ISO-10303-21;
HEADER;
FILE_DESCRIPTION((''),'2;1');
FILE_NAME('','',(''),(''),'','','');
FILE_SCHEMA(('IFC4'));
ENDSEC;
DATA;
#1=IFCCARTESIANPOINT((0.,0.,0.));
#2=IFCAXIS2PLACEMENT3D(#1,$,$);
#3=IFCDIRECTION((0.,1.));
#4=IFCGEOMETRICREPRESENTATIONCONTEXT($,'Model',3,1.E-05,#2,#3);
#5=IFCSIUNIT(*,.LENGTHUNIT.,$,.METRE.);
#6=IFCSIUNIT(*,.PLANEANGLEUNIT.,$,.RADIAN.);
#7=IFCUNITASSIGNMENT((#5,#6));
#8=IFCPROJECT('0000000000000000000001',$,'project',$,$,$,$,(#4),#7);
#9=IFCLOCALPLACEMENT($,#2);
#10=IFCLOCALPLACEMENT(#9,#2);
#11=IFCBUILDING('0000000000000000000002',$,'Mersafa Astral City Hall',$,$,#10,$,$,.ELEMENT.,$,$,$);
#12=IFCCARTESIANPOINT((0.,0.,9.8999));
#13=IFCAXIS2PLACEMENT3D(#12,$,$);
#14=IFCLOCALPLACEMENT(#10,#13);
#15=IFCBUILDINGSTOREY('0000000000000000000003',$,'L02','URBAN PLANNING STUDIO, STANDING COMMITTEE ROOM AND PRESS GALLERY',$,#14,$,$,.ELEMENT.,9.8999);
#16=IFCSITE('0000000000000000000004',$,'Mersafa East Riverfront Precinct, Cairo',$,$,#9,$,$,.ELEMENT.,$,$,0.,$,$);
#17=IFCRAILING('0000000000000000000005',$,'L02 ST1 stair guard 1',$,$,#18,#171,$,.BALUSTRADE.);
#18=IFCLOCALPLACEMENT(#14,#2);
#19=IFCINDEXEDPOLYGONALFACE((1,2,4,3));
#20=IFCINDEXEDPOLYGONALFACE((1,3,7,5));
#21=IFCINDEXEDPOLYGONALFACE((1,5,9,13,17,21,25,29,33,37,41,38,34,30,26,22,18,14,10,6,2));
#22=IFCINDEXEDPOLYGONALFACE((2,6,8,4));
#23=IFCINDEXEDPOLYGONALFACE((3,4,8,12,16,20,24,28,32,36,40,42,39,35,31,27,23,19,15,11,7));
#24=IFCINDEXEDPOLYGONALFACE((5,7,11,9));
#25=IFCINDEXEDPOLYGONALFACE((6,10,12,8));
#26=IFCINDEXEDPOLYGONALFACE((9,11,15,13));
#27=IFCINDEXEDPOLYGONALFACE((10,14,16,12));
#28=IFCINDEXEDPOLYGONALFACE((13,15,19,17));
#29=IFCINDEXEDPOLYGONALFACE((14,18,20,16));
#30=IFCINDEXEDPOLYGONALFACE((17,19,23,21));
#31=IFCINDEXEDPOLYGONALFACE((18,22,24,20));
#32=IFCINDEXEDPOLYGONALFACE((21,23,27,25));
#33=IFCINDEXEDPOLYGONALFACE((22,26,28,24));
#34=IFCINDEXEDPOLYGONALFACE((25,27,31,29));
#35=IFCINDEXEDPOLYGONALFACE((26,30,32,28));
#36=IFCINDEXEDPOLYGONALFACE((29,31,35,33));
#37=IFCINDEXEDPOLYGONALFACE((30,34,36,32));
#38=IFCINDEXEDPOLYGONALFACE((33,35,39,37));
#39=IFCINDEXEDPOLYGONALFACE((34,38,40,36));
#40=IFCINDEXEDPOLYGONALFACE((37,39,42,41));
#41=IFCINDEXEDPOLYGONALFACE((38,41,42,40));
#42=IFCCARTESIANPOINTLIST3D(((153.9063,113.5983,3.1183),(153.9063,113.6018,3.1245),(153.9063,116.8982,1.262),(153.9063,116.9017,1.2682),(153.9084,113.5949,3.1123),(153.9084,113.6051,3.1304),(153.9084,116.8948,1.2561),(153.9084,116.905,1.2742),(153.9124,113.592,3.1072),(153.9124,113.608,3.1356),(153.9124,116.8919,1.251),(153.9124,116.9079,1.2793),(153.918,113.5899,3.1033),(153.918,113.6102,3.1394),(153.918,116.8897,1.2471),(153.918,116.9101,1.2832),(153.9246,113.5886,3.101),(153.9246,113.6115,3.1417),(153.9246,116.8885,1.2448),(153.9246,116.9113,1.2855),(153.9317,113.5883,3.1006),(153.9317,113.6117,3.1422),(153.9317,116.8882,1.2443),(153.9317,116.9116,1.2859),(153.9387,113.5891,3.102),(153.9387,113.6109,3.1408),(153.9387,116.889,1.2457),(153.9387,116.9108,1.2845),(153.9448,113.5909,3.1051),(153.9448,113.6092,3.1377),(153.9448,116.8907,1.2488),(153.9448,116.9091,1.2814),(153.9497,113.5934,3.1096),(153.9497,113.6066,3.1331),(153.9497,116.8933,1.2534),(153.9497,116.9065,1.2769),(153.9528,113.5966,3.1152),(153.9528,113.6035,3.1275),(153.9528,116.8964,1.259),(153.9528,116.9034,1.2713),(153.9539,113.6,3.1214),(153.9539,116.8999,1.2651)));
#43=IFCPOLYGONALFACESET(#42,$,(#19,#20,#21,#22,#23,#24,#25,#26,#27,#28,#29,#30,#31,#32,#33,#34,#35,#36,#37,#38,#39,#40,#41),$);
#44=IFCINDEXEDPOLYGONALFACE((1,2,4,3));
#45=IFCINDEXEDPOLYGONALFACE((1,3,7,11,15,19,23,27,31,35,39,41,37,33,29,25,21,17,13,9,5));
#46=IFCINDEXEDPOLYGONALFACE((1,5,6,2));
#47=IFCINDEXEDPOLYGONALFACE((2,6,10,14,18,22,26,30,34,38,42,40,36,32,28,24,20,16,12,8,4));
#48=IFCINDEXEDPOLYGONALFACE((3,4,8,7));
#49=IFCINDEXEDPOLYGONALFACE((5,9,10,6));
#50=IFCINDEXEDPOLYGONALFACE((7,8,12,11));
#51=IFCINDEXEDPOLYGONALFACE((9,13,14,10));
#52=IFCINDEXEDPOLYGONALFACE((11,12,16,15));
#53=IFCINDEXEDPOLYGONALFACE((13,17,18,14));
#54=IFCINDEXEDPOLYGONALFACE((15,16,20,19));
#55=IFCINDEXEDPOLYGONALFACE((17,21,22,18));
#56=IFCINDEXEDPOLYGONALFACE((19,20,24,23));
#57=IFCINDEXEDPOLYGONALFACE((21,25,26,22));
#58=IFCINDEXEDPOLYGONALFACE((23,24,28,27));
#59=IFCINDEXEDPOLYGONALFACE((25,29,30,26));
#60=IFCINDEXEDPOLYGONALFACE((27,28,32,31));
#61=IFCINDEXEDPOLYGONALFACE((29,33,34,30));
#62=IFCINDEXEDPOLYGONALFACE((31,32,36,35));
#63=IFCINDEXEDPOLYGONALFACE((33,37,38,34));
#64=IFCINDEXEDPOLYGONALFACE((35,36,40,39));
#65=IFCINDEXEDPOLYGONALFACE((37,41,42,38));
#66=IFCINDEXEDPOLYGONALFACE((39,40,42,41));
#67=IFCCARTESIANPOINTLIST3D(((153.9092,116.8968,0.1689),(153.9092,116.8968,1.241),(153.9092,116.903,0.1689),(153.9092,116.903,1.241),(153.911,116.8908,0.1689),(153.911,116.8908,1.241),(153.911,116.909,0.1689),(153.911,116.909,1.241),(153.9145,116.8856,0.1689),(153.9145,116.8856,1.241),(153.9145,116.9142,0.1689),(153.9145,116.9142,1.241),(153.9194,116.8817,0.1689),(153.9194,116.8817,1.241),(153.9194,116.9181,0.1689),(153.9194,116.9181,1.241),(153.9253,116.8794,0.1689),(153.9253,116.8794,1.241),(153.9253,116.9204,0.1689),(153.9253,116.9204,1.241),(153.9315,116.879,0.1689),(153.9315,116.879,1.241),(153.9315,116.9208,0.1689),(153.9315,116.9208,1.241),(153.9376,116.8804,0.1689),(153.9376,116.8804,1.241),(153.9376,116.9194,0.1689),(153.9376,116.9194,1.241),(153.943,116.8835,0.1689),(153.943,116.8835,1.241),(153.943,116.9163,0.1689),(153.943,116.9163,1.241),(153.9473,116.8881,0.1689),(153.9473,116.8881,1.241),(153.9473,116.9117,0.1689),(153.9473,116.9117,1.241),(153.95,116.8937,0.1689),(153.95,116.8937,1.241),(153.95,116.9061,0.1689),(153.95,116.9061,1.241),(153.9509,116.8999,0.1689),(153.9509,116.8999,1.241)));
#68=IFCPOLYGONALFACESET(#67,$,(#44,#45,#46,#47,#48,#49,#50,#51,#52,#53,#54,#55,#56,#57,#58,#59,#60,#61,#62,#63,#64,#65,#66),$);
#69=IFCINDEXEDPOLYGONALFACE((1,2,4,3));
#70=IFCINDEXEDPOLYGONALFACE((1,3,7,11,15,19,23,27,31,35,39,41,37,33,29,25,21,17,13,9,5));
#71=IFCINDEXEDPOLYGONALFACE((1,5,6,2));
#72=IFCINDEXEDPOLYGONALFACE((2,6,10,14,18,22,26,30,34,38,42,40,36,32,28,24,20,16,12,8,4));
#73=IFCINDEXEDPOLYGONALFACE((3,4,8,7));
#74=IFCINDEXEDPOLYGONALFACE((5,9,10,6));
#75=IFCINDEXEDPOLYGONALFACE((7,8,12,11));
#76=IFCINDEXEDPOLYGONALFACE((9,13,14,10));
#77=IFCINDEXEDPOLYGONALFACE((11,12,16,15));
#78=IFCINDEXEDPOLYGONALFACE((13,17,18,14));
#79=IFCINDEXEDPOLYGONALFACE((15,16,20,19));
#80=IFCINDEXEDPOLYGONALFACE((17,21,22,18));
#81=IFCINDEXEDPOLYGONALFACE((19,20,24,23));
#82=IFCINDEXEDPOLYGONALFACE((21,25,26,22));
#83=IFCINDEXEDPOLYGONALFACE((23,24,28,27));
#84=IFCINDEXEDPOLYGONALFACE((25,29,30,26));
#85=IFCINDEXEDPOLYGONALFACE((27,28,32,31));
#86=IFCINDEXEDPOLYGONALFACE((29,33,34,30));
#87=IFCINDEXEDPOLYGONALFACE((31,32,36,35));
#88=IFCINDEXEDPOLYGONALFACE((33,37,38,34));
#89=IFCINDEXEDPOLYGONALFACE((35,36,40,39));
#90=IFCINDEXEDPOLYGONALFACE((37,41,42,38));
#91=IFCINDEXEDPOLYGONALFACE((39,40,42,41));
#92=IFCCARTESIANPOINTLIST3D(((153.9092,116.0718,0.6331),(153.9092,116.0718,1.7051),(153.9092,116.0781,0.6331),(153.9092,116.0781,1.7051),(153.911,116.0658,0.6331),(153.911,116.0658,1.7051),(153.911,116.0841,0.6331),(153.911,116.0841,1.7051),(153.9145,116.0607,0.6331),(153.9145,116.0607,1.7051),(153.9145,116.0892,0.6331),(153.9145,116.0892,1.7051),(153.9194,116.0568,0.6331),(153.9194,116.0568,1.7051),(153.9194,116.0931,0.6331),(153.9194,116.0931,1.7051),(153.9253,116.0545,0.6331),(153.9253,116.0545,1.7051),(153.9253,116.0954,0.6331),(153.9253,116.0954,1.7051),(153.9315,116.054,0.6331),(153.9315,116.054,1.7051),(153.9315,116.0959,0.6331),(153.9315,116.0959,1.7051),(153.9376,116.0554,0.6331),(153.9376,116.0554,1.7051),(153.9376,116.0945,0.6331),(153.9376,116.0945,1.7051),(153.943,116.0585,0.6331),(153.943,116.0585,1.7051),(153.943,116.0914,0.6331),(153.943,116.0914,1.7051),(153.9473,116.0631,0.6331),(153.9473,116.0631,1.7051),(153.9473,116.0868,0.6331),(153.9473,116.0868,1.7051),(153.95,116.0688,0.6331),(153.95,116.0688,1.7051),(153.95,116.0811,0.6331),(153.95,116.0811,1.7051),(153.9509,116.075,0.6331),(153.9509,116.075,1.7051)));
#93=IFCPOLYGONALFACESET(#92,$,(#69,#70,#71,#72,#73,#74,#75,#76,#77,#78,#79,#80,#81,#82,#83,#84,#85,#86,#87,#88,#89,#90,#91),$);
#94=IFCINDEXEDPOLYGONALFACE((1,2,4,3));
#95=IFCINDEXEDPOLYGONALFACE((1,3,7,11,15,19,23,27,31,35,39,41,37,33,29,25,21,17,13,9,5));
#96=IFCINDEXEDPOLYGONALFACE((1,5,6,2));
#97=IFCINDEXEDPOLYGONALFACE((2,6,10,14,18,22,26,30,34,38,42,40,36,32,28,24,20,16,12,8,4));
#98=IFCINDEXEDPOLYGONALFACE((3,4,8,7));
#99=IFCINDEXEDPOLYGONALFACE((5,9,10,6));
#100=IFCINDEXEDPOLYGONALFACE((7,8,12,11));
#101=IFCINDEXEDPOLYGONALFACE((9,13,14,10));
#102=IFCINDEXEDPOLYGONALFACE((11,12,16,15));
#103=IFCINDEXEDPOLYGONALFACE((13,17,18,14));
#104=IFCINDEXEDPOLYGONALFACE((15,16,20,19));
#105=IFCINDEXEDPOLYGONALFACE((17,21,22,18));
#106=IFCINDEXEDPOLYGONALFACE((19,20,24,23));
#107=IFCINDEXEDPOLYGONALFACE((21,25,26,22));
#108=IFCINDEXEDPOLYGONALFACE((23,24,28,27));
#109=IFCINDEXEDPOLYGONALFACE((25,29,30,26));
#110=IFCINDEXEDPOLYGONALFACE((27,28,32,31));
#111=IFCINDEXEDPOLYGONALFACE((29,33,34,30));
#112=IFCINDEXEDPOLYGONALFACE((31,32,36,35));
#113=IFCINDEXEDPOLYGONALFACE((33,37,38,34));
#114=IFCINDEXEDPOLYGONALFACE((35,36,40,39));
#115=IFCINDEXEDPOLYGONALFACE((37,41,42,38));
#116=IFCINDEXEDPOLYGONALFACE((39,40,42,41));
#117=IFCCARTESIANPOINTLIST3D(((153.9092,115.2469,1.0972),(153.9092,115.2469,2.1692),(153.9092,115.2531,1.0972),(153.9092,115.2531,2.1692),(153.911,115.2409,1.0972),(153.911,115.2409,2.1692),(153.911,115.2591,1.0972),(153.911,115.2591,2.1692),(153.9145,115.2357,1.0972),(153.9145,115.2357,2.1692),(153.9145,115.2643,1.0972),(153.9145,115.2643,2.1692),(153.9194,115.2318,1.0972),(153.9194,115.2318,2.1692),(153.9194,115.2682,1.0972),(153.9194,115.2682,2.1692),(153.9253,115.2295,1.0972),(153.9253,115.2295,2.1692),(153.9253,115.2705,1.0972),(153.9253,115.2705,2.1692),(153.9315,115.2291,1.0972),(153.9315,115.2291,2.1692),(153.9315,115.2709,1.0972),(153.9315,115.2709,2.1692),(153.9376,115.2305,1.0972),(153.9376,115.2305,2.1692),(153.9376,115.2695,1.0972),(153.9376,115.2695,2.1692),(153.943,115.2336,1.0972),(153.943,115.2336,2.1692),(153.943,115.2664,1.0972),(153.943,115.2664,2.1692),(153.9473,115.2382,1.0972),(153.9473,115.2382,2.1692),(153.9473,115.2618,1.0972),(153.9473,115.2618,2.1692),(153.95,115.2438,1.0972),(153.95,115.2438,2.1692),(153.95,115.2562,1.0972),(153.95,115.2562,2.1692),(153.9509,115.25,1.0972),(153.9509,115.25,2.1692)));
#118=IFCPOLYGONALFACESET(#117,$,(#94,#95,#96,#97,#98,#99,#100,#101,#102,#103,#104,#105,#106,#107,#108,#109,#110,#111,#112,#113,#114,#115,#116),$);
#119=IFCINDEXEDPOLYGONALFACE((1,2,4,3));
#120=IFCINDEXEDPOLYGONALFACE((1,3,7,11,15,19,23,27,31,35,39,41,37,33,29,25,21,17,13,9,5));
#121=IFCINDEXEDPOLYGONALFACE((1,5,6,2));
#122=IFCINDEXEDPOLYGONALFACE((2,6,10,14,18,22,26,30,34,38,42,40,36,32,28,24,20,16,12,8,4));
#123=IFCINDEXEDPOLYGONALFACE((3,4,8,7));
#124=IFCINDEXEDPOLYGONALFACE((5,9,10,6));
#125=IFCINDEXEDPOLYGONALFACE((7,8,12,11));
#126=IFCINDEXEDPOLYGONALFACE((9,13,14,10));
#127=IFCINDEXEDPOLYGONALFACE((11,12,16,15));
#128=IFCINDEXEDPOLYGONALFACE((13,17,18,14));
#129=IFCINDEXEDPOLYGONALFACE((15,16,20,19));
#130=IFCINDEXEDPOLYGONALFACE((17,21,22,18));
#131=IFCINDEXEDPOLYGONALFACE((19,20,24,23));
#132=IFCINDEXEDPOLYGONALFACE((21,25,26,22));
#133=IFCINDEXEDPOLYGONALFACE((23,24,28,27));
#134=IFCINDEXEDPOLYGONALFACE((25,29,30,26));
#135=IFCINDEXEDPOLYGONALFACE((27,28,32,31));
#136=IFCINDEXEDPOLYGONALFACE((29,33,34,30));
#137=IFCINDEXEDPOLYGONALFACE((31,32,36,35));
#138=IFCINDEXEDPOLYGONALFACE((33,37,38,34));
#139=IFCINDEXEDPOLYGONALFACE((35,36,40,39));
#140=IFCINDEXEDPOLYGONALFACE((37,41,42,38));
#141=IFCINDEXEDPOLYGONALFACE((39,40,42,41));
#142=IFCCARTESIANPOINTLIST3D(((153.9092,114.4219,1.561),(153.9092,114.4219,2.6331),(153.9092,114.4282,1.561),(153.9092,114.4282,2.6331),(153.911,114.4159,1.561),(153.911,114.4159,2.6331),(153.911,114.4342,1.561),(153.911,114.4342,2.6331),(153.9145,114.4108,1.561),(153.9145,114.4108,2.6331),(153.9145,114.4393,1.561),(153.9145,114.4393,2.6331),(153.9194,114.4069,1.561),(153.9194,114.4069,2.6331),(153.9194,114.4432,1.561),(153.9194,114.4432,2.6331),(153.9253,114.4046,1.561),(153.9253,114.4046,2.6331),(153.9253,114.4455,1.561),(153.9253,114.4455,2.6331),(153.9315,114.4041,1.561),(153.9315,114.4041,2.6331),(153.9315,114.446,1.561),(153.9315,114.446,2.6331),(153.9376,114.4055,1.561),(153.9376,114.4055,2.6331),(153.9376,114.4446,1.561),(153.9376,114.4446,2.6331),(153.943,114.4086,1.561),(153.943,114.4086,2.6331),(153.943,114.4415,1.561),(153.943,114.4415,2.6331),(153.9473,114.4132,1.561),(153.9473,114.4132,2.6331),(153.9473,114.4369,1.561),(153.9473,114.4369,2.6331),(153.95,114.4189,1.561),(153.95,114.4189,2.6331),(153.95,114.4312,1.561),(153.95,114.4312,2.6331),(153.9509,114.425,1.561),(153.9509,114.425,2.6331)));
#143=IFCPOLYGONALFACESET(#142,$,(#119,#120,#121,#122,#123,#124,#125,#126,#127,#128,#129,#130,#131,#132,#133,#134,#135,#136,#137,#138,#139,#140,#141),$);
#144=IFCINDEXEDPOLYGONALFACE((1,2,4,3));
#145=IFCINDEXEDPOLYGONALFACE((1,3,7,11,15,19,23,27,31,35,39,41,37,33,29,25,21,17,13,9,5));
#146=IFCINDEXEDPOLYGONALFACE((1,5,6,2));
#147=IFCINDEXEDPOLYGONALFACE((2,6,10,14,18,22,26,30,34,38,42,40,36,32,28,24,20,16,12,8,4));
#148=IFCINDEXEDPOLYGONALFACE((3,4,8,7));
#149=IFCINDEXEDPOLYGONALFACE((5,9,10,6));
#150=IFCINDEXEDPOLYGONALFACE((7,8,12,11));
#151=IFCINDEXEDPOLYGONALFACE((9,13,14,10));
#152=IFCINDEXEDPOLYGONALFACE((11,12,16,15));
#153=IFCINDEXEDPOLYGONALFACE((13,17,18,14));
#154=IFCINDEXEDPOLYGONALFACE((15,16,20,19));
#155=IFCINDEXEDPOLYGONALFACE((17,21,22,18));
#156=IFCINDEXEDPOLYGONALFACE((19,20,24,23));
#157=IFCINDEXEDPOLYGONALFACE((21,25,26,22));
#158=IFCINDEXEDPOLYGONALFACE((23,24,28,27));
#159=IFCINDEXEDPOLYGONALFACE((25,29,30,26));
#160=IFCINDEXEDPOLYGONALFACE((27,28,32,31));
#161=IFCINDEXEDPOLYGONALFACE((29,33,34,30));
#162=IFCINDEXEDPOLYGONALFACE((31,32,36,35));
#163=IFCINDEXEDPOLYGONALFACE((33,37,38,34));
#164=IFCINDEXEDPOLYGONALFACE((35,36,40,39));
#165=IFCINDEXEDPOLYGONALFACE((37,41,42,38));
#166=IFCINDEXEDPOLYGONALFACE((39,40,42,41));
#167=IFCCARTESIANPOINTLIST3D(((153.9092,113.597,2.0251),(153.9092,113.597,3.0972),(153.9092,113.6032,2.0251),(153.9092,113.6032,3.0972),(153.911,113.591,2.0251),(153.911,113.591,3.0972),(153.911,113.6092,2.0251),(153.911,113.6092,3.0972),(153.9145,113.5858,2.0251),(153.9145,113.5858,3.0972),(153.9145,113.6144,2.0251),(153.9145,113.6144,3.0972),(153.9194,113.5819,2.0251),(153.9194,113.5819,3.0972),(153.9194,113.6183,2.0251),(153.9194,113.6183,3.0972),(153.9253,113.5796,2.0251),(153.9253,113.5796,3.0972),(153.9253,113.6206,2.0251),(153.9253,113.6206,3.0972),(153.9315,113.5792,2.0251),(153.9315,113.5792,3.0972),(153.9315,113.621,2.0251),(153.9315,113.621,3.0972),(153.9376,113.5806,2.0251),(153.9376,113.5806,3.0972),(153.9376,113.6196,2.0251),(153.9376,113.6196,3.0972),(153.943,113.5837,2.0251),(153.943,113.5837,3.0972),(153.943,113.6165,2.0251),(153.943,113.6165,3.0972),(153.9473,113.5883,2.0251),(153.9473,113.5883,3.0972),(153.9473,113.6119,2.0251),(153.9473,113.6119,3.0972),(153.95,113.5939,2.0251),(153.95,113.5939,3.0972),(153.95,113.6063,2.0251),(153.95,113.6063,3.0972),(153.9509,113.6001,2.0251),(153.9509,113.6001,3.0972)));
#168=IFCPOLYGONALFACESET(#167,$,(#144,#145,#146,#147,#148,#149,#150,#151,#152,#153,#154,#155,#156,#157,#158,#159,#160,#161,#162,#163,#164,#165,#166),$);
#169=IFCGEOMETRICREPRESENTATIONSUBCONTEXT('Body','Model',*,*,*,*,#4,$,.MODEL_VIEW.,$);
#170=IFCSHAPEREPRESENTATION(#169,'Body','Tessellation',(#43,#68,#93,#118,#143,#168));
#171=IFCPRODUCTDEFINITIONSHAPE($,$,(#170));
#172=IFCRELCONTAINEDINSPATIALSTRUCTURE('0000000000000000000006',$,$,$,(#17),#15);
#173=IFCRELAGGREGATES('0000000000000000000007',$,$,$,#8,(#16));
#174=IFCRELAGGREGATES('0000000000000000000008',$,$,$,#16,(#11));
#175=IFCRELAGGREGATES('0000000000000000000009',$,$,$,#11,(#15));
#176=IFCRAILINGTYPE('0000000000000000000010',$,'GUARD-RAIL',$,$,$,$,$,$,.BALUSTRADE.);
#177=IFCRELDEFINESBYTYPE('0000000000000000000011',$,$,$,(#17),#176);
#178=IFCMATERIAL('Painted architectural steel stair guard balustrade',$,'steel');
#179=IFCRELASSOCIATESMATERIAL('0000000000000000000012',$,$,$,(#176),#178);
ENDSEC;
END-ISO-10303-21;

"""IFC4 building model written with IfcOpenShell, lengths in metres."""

from ifc_helpers import new_model, si_unit, direction, frame, origin, origin_2d, place, context, subcontext, project, spatial, circle, extrude, material, type_object, element, save


model = new_model("IFC4")

# Units and contexts
model_context = context("Model", 3, precision=1e-05, world=origin(), true_north=direction((0.0, 1.0)))
body_context = subcontext(model_context, "Body", "Model", "MODEL_VIEW")
ifc_project = project(units=[si_unit("LENGTHUNIT", "METRE"), si_unit("PLANEANGLEUNIT", "RADIAN")], contexts=[model_context])

# Site, building, storey
site_placement = place(None, origin())
site = spatial("IfcSite", under=ifc_project, at=site_placement, Name="Mersafa East Riverfront Precinct, Cairo", CompositionType="ELEMENT", RefElevation=0.0)
building_placement = place(site_placement, origin())
building = spatial("IfcBuilding", under=site, at=building_placement, Name="Mersafa Astral City Hall", CompositionType="ELEMENT")
storey_placement = place(building_placement, frame((0.0, 0.0, 9.8999)))
storey = spatial("IfcBuildingStorey", under=building, at=storey_placement, Name="L02", Description="URBAN PLANNING STUDIO, STANDING COMMITTEE ROOM AND PRESS GALLERY", CompositionType="ELEMENT", Elevation=9.8999)

# Railing
ifc_material_1 = material(Name="Painted architectural steel stair guard balustrade", Category="steel")
railing_type = type_object("IfcRailingType", Name="GUARD-RAIL", PredefinedType="BALUSTRADE", material=ifc_material_1)
railing_1_placement = place(storey_placement, frame((153.9299, 116.8999, 0.1689)))
element("IfcRailing", 1, at=railing_1_placement, inside=storey, type_object=railing_type, Name="L02 ST1 stair guard 1", PredefinedType="BALUSTRADE", context=body_context, shape_type="SweptSolid", body=[
    extrude(circle(Radius=0.0239, at=origin_2d()), frame((0.0, 0.0, 1.0962), z_axis=(0.0, -0.871569, 0.490273), x_axis=(1.0, 0.0, 0.0)), (0.0, 0.0, 1.0), 3.7861),
    extrude(circle(Radius=0.021, at=origin_2d()), origin(), (0.0, 0.0, 1.0), 1.072),
    extrude(circle(Radius=0.021, at=origin_2d()), frame((0.0, -0.825, 0.4641)), (0.0, 0.0, 1.0), 1.072),
    extrude(circle(Radius=0.021, at=origin_2d()), frame((0.0, -1.6499, 0.9282)), (0.0, 0.0, 1.0), 1.072),
    extrude(circle(Radius=0.021, at=origin_2d()), frame((0.0, -2.4749, 1.3921)), (0.0, 0.0, 1.0), 1.072),
    extrude(circle(Radius=0.021, at=origin_2d()), frame((0.0, -3.2998, 1.8562)), (0.0, 0.0, 1.0), 1.072),
])

save(model, "model.ifc")
